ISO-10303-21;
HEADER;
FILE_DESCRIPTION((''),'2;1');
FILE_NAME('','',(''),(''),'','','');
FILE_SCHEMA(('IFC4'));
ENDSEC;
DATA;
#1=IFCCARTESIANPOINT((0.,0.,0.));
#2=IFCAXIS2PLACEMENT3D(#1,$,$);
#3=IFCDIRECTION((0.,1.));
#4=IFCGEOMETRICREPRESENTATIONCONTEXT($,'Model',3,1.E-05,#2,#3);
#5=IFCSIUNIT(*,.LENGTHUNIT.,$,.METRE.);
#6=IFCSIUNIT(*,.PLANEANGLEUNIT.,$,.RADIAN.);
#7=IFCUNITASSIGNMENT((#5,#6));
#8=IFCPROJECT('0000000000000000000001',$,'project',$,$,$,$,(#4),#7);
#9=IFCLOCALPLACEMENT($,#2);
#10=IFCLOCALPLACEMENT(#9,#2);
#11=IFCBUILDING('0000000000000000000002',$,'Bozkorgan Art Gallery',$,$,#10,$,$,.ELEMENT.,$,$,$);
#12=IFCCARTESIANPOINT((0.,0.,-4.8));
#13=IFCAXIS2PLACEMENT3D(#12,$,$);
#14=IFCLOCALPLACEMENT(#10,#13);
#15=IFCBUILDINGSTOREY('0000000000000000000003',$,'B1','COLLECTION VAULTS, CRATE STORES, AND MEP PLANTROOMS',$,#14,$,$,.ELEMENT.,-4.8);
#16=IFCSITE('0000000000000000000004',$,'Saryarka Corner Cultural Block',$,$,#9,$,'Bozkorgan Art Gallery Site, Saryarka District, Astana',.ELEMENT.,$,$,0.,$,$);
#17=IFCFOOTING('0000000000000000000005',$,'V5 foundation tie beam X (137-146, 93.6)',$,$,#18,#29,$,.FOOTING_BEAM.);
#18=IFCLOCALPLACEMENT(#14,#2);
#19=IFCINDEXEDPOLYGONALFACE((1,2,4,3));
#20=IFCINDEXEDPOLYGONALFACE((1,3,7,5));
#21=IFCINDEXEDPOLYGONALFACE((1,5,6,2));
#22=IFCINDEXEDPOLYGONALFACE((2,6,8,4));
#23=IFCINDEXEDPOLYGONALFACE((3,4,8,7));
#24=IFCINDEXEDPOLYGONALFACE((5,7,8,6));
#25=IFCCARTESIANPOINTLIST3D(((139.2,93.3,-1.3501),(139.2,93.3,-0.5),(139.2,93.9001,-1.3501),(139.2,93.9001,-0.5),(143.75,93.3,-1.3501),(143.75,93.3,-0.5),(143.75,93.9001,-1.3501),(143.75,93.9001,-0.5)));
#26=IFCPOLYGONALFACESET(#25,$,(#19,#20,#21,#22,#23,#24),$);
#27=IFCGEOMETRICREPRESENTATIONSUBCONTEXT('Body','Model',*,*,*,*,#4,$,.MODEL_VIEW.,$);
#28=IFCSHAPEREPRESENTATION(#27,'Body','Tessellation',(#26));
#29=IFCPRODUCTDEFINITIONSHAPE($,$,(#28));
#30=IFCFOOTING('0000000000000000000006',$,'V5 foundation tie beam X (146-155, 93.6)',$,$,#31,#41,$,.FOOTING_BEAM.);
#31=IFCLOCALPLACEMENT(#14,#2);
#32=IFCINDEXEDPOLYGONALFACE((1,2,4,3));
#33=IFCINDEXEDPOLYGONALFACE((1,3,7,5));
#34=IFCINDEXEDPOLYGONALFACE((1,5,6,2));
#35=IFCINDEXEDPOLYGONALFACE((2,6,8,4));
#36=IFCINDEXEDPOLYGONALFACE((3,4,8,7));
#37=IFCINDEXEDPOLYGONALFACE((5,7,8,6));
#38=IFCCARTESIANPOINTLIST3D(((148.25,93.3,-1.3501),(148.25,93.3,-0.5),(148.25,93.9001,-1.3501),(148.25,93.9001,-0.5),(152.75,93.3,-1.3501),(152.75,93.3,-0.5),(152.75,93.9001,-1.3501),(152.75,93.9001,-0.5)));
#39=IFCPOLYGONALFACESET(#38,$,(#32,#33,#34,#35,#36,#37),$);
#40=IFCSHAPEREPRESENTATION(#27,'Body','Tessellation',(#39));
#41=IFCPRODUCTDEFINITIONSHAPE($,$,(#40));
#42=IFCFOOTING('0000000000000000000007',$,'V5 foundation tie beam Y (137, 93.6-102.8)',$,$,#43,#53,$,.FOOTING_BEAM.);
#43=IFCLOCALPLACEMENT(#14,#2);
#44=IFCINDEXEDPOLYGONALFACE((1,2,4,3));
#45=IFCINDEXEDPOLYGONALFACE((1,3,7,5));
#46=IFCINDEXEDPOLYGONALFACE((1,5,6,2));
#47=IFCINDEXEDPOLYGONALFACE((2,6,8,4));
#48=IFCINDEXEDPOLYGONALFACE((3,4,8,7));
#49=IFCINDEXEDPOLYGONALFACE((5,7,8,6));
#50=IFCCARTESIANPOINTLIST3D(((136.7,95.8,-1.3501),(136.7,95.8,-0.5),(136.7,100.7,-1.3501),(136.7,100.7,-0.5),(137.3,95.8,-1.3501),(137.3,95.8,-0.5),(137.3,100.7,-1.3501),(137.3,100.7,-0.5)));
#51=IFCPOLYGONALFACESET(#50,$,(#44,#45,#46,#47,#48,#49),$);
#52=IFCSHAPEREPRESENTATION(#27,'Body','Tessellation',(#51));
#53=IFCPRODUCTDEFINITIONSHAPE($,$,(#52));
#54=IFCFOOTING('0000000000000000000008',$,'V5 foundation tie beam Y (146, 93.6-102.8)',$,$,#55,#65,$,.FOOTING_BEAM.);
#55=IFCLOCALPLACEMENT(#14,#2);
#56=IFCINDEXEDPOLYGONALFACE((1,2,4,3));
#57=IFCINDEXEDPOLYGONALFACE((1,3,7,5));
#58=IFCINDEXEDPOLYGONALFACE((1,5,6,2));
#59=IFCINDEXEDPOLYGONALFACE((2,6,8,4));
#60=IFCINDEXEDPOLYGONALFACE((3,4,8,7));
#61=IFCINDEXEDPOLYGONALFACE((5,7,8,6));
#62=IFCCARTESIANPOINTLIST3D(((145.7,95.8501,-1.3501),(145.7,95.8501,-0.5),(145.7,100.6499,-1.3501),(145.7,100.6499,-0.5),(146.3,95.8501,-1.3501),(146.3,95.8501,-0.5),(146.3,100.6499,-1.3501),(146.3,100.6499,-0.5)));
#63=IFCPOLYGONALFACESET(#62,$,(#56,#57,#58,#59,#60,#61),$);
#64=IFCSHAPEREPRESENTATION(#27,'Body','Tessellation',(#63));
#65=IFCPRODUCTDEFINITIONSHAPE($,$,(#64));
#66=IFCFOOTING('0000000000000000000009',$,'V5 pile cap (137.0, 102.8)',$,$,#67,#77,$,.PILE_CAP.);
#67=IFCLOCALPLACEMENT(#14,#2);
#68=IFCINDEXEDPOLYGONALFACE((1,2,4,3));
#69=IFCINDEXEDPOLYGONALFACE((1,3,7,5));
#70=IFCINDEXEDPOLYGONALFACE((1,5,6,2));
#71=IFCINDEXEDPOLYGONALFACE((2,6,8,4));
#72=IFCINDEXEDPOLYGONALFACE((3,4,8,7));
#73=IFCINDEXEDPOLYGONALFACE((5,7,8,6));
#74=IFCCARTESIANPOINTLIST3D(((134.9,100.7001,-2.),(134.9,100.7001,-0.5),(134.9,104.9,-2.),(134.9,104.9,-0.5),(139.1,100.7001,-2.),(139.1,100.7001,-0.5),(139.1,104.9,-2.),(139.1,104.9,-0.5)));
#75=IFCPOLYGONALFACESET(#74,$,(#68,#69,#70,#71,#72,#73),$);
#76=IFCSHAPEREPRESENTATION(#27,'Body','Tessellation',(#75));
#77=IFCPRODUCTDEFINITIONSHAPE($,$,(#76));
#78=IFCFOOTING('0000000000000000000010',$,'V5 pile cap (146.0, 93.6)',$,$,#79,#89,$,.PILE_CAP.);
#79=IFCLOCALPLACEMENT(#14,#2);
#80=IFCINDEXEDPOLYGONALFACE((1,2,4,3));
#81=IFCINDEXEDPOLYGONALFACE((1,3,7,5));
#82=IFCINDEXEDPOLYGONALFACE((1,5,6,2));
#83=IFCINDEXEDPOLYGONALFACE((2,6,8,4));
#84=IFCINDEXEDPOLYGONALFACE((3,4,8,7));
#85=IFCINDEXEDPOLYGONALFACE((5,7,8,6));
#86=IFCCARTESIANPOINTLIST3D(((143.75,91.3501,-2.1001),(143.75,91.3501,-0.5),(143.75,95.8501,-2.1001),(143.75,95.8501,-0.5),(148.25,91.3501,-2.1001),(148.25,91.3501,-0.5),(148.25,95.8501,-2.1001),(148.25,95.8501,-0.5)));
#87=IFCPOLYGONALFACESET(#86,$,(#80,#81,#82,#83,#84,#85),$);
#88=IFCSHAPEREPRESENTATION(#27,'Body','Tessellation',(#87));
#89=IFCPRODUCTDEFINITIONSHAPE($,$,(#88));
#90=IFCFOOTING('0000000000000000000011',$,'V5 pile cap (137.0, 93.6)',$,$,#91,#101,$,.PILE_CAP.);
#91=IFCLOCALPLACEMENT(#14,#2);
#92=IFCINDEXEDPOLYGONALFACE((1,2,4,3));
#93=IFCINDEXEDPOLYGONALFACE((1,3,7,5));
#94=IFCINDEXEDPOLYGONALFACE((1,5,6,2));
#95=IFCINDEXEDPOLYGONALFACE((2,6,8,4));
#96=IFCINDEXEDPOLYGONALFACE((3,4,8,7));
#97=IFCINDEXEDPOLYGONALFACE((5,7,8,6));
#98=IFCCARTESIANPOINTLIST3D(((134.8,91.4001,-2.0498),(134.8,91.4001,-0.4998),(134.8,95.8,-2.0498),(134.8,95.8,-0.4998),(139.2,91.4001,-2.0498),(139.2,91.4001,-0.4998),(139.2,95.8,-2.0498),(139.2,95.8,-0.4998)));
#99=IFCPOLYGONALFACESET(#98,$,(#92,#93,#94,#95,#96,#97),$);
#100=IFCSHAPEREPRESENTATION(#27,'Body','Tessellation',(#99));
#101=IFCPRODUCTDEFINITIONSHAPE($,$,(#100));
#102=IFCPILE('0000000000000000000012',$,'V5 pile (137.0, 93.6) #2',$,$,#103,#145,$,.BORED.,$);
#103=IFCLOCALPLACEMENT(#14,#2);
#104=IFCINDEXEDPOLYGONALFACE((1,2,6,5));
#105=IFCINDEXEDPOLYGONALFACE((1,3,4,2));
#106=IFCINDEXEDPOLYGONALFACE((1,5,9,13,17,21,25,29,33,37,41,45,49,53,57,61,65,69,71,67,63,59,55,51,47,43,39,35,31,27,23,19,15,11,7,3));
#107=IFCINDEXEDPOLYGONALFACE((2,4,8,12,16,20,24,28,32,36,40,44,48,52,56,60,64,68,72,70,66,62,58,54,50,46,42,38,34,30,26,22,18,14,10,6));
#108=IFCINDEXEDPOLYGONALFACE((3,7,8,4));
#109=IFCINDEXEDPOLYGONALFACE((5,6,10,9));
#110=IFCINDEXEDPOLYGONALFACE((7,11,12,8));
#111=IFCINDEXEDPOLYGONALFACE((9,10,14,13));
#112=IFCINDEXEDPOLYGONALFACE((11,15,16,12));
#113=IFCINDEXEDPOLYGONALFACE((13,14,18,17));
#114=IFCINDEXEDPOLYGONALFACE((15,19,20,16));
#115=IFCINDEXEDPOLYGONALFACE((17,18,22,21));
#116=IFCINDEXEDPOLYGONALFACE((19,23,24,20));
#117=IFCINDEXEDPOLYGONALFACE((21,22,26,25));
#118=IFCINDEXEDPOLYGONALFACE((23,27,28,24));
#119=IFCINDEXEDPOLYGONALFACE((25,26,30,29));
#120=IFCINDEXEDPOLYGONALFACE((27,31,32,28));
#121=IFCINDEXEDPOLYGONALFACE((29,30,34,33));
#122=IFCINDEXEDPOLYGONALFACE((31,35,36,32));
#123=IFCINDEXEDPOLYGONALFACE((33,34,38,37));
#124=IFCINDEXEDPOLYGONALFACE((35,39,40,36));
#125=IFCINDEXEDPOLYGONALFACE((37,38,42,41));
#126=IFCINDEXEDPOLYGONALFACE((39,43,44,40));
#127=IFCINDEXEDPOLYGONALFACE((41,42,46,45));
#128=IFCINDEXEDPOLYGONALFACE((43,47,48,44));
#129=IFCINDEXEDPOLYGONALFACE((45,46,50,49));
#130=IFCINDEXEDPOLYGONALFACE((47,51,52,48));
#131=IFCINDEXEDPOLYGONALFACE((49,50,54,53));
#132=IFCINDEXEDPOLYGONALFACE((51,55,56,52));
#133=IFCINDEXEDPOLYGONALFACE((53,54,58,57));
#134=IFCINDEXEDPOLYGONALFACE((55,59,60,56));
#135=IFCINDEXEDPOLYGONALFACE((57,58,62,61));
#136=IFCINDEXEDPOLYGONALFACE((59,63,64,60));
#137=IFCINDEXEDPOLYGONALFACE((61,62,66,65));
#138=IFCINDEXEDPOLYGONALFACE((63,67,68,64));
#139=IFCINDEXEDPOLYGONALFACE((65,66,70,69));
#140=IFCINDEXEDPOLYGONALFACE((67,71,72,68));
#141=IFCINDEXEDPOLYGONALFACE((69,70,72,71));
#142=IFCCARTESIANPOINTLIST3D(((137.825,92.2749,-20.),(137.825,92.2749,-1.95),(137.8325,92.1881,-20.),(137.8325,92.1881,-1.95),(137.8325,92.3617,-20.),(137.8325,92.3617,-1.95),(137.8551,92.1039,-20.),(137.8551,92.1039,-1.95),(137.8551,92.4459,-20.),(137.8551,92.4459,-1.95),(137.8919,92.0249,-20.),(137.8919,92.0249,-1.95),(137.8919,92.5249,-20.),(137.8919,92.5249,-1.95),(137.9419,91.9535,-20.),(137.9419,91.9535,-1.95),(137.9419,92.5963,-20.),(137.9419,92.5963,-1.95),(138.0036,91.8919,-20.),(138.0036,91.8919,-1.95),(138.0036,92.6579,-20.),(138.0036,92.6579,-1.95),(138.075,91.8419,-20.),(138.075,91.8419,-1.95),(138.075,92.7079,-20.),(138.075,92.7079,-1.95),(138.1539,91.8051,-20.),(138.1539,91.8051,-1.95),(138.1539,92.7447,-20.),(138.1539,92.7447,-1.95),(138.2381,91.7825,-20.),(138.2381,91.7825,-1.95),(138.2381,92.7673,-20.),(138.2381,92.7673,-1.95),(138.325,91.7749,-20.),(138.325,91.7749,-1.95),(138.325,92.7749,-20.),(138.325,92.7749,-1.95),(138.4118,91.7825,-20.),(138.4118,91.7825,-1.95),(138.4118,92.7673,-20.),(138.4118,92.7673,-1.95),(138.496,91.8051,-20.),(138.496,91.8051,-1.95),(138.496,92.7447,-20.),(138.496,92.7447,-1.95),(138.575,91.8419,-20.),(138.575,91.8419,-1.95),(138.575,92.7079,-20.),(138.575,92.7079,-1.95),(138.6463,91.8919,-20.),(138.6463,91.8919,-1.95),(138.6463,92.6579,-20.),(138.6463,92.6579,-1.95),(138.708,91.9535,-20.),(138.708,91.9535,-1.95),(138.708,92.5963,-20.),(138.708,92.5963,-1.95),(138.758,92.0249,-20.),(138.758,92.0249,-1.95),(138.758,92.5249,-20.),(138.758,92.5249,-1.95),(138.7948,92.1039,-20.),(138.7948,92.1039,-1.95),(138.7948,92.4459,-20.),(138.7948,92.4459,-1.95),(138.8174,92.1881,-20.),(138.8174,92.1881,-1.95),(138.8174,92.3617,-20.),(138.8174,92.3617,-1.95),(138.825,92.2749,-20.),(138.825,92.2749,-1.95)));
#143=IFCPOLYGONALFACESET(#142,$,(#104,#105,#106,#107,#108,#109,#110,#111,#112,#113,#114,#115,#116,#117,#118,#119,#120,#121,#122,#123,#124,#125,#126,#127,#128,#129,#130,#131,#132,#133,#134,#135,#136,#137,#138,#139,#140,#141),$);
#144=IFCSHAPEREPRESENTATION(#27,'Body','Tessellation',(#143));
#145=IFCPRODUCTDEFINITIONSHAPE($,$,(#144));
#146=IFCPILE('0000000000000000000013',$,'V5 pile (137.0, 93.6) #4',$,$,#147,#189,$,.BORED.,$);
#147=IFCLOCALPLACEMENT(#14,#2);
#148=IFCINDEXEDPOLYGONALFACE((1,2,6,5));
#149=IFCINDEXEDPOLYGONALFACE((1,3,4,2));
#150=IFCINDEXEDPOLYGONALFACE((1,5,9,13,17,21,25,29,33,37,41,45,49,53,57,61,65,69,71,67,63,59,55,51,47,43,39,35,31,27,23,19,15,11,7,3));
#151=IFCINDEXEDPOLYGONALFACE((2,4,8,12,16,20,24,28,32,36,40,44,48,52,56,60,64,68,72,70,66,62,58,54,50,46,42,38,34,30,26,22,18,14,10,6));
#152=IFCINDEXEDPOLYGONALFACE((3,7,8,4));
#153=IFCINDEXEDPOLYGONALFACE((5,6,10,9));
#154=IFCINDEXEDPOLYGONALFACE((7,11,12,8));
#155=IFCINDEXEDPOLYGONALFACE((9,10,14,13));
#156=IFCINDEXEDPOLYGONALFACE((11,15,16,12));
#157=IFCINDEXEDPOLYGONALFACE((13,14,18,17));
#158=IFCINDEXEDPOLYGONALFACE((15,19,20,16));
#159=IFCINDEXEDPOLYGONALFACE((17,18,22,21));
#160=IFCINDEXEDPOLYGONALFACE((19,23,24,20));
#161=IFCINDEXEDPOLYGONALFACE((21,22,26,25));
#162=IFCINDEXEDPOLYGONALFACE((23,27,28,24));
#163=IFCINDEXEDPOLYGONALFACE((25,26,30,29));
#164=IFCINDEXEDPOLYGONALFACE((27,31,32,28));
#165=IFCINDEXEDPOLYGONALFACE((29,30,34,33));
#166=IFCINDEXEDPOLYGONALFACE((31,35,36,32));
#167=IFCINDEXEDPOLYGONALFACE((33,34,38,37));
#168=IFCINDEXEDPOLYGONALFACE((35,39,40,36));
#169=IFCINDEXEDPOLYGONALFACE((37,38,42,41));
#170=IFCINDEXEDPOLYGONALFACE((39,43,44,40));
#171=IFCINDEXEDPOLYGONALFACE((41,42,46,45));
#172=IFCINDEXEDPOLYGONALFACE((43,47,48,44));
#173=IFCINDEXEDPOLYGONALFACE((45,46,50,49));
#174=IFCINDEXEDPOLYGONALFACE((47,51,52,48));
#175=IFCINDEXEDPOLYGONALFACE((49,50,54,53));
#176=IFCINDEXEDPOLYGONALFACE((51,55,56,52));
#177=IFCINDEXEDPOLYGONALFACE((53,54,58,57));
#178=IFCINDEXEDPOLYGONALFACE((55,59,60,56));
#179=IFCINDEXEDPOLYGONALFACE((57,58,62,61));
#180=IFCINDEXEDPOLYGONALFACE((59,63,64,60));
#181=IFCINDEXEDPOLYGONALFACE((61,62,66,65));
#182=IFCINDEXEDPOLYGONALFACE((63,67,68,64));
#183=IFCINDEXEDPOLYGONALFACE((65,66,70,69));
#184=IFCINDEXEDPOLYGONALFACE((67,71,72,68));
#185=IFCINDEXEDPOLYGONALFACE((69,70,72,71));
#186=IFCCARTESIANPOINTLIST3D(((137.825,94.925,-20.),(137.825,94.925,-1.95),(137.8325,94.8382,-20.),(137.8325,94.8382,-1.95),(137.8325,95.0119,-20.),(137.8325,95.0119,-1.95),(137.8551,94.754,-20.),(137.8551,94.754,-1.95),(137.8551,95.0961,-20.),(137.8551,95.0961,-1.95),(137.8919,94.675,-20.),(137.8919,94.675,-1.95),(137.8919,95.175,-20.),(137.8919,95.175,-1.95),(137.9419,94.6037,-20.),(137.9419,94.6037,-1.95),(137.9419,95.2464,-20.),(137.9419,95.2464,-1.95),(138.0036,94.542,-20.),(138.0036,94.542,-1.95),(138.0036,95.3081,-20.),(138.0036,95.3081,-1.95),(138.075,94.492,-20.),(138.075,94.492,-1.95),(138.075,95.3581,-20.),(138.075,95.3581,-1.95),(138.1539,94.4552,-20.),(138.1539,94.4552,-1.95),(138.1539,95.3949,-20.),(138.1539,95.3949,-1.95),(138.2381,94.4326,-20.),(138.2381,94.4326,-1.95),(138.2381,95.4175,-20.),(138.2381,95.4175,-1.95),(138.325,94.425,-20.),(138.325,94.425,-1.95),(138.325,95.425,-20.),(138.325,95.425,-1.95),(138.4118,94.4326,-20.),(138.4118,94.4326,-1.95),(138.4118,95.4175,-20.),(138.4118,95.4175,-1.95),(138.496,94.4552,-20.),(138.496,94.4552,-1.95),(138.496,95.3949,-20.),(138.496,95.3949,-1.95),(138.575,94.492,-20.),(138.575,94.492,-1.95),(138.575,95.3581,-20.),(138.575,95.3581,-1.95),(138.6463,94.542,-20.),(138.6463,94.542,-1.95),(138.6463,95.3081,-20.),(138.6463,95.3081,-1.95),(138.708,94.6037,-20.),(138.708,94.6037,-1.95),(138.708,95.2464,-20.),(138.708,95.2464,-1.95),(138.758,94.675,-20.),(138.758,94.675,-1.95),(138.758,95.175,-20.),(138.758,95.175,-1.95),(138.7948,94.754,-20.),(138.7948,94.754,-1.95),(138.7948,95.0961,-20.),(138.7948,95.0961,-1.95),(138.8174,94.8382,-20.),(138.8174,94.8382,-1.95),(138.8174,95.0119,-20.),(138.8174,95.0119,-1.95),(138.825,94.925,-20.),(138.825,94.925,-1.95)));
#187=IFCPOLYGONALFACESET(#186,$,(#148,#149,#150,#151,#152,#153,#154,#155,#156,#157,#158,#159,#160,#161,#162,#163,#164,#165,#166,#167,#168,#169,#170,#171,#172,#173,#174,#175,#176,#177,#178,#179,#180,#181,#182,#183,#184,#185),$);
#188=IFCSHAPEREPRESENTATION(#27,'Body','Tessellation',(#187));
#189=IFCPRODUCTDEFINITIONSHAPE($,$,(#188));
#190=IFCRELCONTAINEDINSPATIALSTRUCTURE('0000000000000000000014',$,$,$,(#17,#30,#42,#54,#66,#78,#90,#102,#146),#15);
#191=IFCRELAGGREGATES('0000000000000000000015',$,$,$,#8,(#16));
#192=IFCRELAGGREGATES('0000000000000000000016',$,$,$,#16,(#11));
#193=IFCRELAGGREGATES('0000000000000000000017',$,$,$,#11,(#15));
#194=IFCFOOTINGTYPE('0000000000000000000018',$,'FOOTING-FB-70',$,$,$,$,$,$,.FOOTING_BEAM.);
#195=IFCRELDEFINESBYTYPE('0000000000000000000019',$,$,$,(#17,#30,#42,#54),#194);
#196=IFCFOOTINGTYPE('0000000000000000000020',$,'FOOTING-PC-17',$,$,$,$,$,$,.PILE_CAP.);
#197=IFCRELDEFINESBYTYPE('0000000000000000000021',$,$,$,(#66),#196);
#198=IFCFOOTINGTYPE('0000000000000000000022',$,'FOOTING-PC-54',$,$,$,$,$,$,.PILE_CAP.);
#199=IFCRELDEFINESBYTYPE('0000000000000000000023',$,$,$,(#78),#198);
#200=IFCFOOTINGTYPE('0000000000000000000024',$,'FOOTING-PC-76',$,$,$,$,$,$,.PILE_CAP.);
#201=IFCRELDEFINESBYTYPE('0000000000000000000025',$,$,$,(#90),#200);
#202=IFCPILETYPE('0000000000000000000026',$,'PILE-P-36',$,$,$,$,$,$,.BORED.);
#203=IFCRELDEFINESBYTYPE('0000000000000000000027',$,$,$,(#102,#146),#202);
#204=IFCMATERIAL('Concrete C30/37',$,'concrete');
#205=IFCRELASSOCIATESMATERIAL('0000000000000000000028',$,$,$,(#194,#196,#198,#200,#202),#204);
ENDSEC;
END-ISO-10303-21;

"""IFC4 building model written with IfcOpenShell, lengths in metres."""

from ifc_helpers import new_model, si_unit, direction, frame, origin, origin_2d, place, context, subcontext, project, spatial, rectangle, circle, extrude, material, material_profile, profile_set, type_object, element, save


model = new_model("IFC4")

# Units and contexts
model_context = context("Model", 3, precision=1e-05, world=origin(), true_north=direction((0.0, 1.0)))
body_context = subcontext(model_context, "Body", "Model", "MODEL_VIEW")
ifc_project = project(units=[si_unit("LENGTHUNIT", "METRE"), si_unit("PLANEANGLEUNIT", "RADIAN")], contexts=[model_context])

# Site, building, storey
site_placement = place(None, origin())
site = spatial("IfcSite", under=ifc_project, at=site_placement, Name="Saryarka Corner Cultural Block", LongName="Bozkorgan Art Gallery Site, Saryarka District, Astana", CompositionType="ELEMENT", RefElevation=0.0)
building_placement = place(site_placement, origin())
building = spatial("IfcBuilding", under=site, at=building_placement, Name="Bozkorgan Art Gallery", CompositionType="ELEMENT")
storey_placement = place(building_placement, frame((0.0, 0.0, -4.8)))
storey = spatial("IfcBuildingStorey", under=building, at=storey_placement, Name="B1", Description="COLLECTION VAULTS, CRATE STORES, AND MEP PLANTROOMS", CompositionType="ELEMENT", Elevation=-4.8)

# Footings
ifc_material_1 = material(Name="Concrete C30/37", Category="concrete")
ifc_material_profile_1 = material_profile(ifc_material_1, rectangle(XDim=0.6001, YDim=0.8501, at=origin_2d()), Name="FND 600x850")
ifc_profile_set_1 = profile_set([ifc_material_profile_1], Name="Concrete C30/37")
footing_type_1 = type_object("IfcFootingType", Name="FOOTING-FB-70", PredefinedType="FOOTING_BEAM", material=ifc_profile_set_1)
footing_1_placement = place(storey_placement, frame((139.2, 93.6001, -0.925), z_axis=(1.0, 0.0, 0.0), x_axis=(0.0, 1.0, 0.0)))
element("IfcFooting", 1, at=footing_1_placement, inside=storey, type_object=footing_type_1, Name="V5 foundation tie beam X (137-146, 93.6)", PredefinedType="FOOTING_BEAM", context=body_context, shape_type="SweptSolid", body=[
    extrude(rectangle(XDim=0.6001, YDim=0.8501, at=origin_2d()), origin(), (0.0, 0.0, 1.0), 4.55),
])
footing_2_placement = place(storey_placement, frame((148.25, 93.6001, -0.925), z_axis=(1.0, 0.0, 0.0), x_axis=(0.0, 1.0, 0.0)))
element("IfcFooting", 2, at=footing_2_placement, inside=storey, type_object=footing_type_1, Name="V5 foundation tie beam X (146-155, 93.6)", PredefinedType="FOOTING_BEAM", context=body_context, shape_type="SweptSolid", body=[
    extrude(rectangle(XDim=0.6001, YDim=0.8501, at=origin_2d()), origin(), (0.0, 0.0, 1.0), 4.5),
])
footing_3_placement = place(storey_placement, frame((137.0, 95.8, -0.925), z_axis=(0.0, 1.0, 0.0), x_axis=(-1.0, 0.0, 0.0)))
element("IfcFooting", 3, at=footing_3_placement, inside=storey, type_object=footing_type_1, Name="V5 foundation tie beam Y (137, 93.6-102.8)", PredefinedType="FOOTING_BEAM", context=body_context, shape_type="SweptSolid", body=[
    extrude(rectangle(XDim=0.6001, YDim=0.8501, at=origin_2d()), origin(), (0.0, 0.0, 1.0), 4.8999),
])
footing_4_placement = place(storey_placement, frame((146.0, 95.8501, -0.925), z_axis=(0.0, 1.0, 0.0), x_axis=(-1.0, 0.0, 0.0)))
element("IfcFooting", 4, at=footing_4_placement, inside=storey, type_object=footing_type_1, Name="V5 foundation tie beam Y (146, 93.6-102.8)", PredefinedType="FOOTING_BEAM", context=body_context, shape_type="SweptSolid", body=[
    extrude(rectangle(XDim=0.6001, YDim=0.8501, at=origin_2d()), origin(), (0.0, 0.0, 1.0), 4.7998),
])
footing_type_2 = type_object("IfcFootingType", Name="FOOTING-PC-17", PredefinedType="PILE_CAP", material=ifc_material_1)
footing_5_placement = place(storey_placement, frame((137.0, 102.8, -2.0), z_axis=(0.0, 0.0, 1.0), x_axis=(1.0, 0.0, 0.0)))
element("IfcFooting", 5, at=footing_5_placement, inside=storey, type_object=footing_type_2, Name="V5 pile cap (137.0, 102.8)", PredefinedType="PILE_CAP", context=body_context, shape_type="SweptSolid", body=[
    extrude(rectangle(XDim=4.2, YDim=4.2, at=origin_2d()), origin(), (0.0, 0.0, 1.0), 1.5),
])
footing_type_3 = type_object("IfcFootingType", Name="FOOTING-PC-54", PredefinedType="PILE_CAP", material=ifc_material_1)
footing_6_placement = place(storey_placement, frame((146.0, 93.6001, -2.1001), z_axis=(0.0, 0.0, 1.0), x_axis=(1.0, 0.0, 0.0)))
element("IfcFooting", 6, at=footing_6_placement, inside=storey, type_object=footing_type_3, Name="V5 pile cap (146.0, 93.6)", PredefinedType="PILE_CAP", context=body_context, shape_type="SweptSolid", body=[
    extrude(rectangle(XDim=4.5, YDim=4.5, at=origin_2d()), origin(), (0.0, 0.0, 1.0), 1.6001),
])
footing_type_4 = type_object("IfcFootingType", Name="FOOTING-PC-76", PredefinedType="PILE_CAP", material=ifc_material_1)
footing_7_placement = place(storey_placement, frame((137.0, 93.6001, -2.0498), z_axis=(0.0, 0.0, 1.0), x_axis=(1.0, 0.0, 0.0)))
element("IfcFooting", 7, at=footing_7_placement, inside=storey, type_object=footing_type_4, Name="V5 pile cap (137.0, 93.6)", PredefinedType="PILE_CAP", context=body_context, shape_type="SweptSolid", body=[
    extrude(rectangle(XDim=4.3999, YDim=4.3999, at=origin_2d()), origin(), (0.0, 0.0, 1.0), 1.55),
])

# Piles
ifc_material_profile_2 = material_profile(ifc_material_1, circle(Radius=0.5, at=origin_2d()), Name="PILE D1000")
ifc_profile_set_2 = profile_set([ifc_material_profile_2], Name="Concrete C30/37")
pile_type_1 = type_object("IfcPileType", Name="PILE-P-36", PredefinedType="BORED", material=ifc_profile_set_2)
for number, where, z_axis, x_axis, name in (
    (8, (138.325, 92.2749, -1.95), (0.0, 0.0, -1.0), (1.0, 0.0, 0.0), "V5 pile (137.0, 93.6) #2"),
    (9, (138.325, 94.925, -1.95), (0.0, 0.0, -1.0), (1.0, 0.0, 0.0), "V5 pile (137.0, 93.6) #4"),
):
    element("IfcPile", number, at=place(storey_placement, frame(where, z_axis=z_axis, x_axis=x_axis)), inside=storey, type_object=pile_type_1, Name=name, PredefinedType="BORED", context=body_context, shape_type="SweptSolid", body=[
        extrude(circle(Radius=0.5, at=origin_2d()), origin(), (0.0, 0.0, 1.0), 18.05),
    ])

save(model, "model.ifc")
